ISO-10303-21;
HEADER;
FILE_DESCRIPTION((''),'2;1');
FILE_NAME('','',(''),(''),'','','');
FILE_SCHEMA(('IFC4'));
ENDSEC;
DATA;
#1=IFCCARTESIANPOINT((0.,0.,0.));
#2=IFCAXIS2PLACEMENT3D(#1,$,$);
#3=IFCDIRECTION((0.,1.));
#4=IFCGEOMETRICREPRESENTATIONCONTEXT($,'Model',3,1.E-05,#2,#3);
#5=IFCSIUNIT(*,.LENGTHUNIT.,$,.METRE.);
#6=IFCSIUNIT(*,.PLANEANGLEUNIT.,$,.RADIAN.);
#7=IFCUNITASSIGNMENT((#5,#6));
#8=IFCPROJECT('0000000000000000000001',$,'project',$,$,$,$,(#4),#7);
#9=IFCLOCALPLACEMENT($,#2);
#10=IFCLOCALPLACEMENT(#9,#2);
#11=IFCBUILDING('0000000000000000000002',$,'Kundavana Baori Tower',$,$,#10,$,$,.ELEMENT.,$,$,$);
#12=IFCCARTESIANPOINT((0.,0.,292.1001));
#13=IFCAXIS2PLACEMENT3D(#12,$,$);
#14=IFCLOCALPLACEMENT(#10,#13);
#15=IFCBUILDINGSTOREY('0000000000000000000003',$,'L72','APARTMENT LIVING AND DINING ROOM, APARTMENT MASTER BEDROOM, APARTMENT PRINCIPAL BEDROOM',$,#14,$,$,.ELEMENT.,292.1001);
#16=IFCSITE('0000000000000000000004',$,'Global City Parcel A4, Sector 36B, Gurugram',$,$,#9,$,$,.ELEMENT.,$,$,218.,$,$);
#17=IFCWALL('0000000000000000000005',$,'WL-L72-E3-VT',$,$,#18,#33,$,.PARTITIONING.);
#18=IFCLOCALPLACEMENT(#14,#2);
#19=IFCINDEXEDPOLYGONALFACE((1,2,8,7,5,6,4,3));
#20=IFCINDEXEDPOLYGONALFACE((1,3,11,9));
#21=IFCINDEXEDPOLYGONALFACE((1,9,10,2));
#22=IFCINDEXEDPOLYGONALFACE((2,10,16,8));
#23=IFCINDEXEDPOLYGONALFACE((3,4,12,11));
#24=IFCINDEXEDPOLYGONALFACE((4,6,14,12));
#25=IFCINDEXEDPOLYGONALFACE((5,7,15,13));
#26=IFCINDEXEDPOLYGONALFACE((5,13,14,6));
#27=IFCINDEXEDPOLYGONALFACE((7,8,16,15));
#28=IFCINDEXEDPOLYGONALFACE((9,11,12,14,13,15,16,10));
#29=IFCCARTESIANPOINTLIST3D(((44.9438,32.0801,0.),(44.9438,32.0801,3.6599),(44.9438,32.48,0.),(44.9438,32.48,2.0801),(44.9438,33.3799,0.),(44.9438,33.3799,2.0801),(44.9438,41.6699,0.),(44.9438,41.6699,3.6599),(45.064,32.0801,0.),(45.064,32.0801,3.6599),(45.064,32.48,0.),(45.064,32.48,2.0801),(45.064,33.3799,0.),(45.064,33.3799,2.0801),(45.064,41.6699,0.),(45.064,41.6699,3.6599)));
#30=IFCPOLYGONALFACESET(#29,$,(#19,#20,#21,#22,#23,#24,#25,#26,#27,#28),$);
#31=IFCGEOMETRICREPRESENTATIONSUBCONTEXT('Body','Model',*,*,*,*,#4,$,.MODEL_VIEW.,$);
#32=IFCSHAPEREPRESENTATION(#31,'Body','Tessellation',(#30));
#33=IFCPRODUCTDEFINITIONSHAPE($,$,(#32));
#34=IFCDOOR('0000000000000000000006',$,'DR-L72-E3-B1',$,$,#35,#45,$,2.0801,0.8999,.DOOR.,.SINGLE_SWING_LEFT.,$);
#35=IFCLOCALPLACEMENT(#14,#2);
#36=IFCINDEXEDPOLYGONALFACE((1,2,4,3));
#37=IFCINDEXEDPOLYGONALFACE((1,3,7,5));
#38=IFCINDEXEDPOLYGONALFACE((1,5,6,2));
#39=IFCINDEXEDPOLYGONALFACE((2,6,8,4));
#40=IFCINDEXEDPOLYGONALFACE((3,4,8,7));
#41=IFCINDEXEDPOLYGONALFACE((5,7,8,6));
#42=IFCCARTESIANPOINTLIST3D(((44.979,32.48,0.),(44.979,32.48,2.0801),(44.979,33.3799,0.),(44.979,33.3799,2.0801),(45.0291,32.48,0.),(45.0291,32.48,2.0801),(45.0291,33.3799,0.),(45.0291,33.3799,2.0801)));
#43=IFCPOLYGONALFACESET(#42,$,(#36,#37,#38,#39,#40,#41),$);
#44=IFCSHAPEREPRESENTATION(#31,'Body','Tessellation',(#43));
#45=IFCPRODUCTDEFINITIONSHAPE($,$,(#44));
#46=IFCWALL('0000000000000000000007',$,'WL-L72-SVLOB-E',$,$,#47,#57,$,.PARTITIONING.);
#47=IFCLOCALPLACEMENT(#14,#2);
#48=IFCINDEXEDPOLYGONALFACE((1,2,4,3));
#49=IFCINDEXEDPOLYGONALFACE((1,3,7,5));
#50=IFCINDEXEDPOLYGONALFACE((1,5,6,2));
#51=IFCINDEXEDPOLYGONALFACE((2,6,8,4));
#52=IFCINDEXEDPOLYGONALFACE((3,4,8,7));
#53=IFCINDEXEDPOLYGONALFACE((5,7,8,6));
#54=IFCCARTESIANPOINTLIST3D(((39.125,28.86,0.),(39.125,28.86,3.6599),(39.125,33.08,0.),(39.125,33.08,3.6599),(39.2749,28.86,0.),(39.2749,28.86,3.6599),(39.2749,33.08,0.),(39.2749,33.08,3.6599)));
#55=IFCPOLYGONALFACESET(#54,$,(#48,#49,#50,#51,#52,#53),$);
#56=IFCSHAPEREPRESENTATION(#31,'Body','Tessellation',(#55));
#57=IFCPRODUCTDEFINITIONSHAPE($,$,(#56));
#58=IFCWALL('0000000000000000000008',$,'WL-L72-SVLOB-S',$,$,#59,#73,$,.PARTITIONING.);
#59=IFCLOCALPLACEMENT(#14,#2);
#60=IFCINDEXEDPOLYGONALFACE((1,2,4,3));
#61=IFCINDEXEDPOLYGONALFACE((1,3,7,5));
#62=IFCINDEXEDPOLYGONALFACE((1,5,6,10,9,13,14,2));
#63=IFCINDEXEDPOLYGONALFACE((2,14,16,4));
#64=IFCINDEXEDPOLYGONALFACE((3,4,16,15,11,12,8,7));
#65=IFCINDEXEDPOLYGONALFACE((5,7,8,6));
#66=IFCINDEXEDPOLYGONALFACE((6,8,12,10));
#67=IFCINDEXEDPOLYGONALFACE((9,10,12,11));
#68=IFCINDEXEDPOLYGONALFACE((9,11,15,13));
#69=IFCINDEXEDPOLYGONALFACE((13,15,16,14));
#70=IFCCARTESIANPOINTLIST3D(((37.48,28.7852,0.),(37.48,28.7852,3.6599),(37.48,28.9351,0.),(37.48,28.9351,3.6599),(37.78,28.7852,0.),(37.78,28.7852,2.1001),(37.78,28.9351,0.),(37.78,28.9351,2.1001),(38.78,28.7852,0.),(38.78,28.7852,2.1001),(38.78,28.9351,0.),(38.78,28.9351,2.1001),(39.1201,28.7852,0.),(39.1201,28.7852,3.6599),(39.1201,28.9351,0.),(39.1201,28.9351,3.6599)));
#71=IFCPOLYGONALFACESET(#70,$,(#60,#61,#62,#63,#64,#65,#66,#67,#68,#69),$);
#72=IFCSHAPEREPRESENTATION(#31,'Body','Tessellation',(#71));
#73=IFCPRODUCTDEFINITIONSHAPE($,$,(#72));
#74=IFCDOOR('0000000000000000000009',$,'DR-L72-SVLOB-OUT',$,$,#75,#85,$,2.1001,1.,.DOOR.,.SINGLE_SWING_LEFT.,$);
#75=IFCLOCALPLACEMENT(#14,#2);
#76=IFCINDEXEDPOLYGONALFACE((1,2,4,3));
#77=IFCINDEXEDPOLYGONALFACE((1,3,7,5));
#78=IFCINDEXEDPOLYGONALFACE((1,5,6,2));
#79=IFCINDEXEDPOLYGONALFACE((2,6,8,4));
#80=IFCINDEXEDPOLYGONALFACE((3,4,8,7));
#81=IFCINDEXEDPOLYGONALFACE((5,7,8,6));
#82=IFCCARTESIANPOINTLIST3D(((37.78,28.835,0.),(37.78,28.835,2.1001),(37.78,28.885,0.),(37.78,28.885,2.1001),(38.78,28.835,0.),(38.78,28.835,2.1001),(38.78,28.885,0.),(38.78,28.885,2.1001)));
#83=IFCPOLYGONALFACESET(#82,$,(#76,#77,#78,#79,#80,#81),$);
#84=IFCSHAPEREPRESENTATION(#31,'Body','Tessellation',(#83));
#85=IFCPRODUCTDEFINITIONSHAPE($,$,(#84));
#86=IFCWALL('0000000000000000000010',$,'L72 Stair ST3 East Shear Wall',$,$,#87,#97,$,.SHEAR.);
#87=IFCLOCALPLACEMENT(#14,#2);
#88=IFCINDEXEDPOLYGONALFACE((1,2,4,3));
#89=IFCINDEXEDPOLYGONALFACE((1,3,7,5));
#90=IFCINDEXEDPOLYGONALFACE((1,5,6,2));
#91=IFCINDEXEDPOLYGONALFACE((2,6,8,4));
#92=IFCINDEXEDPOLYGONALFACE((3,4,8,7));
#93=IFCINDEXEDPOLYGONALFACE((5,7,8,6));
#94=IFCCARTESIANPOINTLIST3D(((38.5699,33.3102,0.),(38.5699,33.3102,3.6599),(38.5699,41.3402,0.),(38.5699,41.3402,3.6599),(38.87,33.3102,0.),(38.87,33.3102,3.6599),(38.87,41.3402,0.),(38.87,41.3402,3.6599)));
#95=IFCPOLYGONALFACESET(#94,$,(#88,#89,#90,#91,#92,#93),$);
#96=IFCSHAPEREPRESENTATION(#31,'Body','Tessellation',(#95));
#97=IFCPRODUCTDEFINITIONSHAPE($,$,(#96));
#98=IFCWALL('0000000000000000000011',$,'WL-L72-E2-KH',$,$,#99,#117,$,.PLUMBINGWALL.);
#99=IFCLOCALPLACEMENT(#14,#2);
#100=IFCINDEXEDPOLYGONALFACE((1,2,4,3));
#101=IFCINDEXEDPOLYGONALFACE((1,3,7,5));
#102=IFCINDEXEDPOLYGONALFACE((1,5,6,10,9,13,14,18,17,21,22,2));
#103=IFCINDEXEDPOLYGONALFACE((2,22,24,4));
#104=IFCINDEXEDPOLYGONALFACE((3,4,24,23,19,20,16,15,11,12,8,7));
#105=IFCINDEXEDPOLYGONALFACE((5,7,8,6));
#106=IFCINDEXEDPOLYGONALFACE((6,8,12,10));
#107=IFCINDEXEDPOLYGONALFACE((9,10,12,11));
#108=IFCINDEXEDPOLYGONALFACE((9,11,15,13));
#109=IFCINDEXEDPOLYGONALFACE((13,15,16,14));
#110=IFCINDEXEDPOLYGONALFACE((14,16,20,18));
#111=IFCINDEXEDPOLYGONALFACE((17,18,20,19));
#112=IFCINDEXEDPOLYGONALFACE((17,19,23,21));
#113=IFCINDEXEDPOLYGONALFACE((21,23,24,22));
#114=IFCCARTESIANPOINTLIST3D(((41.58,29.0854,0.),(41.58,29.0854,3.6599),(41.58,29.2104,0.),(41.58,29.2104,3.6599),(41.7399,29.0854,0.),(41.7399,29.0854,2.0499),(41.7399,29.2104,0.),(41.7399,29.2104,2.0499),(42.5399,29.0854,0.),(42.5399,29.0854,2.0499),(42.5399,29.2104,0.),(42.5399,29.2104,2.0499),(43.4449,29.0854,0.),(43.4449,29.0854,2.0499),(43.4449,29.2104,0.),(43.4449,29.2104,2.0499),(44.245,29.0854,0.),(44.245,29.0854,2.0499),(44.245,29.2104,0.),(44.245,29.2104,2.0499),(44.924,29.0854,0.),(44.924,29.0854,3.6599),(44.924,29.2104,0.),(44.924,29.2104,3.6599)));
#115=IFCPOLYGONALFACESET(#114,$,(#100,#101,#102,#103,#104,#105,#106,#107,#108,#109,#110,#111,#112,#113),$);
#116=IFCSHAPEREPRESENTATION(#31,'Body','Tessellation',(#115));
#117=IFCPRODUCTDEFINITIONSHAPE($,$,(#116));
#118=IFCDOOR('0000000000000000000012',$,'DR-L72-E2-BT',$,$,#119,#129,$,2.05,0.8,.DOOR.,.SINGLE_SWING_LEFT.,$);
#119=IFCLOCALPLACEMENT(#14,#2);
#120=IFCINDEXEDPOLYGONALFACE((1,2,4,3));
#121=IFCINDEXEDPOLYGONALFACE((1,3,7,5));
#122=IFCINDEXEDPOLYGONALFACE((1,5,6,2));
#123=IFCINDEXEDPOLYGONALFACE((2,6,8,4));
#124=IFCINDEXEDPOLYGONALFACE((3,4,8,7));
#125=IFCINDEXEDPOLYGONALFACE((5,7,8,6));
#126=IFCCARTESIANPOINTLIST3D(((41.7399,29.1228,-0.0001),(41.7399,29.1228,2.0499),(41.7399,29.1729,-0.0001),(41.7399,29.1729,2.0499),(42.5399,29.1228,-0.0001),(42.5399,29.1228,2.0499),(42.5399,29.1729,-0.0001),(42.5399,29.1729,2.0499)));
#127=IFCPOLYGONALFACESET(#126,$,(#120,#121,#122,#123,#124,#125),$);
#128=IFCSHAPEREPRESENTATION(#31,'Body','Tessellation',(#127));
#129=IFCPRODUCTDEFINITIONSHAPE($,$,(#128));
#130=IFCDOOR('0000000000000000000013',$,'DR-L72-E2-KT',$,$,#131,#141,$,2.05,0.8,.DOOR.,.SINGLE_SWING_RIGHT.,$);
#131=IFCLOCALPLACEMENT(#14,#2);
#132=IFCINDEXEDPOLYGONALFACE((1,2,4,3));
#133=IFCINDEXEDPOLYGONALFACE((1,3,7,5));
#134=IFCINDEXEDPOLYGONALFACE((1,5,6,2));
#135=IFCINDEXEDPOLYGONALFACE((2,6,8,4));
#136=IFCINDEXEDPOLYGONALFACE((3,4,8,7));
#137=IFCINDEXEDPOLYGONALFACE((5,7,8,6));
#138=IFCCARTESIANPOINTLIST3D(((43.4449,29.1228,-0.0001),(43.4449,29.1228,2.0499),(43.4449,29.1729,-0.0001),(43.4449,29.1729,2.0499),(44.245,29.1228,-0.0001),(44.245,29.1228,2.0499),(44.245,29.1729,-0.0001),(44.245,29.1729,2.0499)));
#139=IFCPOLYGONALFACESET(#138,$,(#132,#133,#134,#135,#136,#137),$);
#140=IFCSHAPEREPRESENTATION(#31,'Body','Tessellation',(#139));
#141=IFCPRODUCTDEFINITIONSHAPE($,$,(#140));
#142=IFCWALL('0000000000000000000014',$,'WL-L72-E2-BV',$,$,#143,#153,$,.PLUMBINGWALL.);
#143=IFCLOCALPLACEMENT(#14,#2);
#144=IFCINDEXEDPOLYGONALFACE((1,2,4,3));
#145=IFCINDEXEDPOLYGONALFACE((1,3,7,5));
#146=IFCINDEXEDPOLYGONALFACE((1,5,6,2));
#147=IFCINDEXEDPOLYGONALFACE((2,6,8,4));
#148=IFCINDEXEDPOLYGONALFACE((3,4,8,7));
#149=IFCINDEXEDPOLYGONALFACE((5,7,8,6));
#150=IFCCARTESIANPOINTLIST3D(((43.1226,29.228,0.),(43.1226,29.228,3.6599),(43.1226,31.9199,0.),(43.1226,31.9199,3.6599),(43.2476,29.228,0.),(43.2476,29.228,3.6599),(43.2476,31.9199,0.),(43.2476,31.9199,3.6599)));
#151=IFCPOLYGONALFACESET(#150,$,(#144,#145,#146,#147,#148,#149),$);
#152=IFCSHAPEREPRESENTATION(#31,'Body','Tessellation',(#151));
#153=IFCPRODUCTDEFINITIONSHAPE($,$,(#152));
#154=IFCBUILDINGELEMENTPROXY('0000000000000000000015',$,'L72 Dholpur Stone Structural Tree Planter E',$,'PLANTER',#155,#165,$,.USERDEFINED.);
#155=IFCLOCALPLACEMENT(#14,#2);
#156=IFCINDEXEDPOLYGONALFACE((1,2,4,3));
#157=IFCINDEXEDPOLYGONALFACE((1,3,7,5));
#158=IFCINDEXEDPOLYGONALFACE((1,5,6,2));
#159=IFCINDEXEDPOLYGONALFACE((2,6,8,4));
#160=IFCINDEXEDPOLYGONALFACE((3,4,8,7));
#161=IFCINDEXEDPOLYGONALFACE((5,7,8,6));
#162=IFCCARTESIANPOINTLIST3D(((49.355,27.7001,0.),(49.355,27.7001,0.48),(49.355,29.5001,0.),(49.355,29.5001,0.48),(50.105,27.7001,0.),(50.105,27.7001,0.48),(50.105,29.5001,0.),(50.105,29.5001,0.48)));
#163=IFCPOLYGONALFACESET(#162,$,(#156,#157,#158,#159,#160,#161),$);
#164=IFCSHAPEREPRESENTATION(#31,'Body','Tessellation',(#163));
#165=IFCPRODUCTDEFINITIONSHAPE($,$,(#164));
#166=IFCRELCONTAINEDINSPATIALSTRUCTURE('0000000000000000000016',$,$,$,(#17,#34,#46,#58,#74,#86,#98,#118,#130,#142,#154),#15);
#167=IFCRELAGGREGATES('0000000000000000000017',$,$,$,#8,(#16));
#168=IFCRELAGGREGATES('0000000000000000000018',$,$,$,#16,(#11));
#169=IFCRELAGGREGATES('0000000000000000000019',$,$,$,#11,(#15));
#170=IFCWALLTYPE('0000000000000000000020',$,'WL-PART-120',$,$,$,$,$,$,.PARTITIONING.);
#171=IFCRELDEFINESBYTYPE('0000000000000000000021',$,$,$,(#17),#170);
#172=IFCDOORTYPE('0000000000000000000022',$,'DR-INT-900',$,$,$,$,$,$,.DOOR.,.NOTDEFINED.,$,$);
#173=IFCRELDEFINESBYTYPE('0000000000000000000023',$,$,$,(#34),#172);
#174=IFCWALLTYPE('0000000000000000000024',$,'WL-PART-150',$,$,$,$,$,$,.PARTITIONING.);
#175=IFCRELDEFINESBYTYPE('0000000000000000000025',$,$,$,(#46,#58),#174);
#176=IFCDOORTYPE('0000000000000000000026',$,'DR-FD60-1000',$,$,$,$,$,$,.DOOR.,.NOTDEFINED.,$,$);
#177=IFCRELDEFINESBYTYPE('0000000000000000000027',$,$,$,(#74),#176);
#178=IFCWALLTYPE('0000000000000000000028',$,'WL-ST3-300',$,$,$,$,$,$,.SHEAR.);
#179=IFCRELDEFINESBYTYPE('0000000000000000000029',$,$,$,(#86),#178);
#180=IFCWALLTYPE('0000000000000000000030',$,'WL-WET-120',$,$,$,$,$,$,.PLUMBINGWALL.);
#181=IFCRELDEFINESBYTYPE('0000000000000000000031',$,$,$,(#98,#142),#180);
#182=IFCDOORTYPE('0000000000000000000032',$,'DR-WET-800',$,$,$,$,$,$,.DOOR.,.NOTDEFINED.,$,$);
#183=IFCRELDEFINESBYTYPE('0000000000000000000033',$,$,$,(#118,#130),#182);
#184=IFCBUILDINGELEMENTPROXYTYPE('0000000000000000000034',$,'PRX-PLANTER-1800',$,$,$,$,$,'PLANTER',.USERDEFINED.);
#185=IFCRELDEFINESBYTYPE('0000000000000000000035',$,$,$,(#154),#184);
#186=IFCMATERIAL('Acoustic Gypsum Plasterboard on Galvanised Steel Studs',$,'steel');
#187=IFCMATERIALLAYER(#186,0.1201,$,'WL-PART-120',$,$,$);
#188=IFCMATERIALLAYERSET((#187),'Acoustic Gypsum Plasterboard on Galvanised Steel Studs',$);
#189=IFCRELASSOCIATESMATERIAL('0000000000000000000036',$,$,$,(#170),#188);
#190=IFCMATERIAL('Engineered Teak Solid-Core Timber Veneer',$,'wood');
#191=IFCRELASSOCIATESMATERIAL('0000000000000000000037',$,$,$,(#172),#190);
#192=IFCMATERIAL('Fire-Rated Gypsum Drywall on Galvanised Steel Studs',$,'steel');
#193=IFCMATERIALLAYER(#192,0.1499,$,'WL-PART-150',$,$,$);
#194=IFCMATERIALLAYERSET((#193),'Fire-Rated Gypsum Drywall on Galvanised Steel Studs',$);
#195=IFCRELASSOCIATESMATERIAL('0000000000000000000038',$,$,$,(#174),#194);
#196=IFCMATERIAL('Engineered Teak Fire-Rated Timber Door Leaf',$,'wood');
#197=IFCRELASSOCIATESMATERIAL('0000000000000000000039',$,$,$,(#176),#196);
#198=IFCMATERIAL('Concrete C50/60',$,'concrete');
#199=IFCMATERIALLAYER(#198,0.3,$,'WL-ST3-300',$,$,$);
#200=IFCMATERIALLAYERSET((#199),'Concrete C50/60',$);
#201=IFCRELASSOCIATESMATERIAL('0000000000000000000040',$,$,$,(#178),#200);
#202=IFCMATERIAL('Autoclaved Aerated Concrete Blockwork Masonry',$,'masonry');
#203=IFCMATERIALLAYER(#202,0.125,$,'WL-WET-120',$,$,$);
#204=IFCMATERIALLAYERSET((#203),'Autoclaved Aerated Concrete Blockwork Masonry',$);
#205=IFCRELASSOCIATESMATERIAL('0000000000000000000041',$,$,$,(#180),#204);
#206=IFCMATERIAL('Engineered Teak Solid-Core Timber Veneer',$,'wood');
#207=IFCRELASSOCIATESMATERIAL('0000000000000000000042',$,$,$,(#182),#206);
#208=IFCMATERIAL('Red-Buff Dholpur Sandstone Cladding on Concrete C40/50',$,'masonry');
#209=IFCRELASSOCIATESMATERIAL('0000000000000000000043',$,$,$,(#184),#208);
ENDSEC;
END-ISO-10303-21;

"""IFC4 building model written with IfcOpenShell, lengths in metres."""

from ifc_helpers import new_model, si_unit, direction, frame, frame_2d, origin, origin_2d, place, context, subcontext, project, spatial, rectangle, extrude, material, layer, layer_set, type_object, element, fill, save


model = new_model("IFC4")

# Units and contexts
model_context = context("Model", 3, precision=1e-05, world=origin(), true_north=direction((0.0, 1.0)))
body_context = subcontext(model_context, "Body", "Model", "MODEL_VIEW")
ifc_project = project(units=[si_unit("LENGTHUNIT", "METRE"), si_unit("PLANEANGLEUNIT", "RADIAN")], contexts=[model_context])

# Site, building, storey
site_placement = place(None, origin())
site = spatial("IfcSite", under=ifc_project, at=site_placement, Name="Global City Parcel A4, Sector 36B, Gurugram", CompositionType="ELEMENT", RefElevation=218.0)
building_placement = place(site_placement, origin())
building = spatial("IfcBuilding", under=site, at=building_placement, Name="Kundavana Baori Tower", CompositionType="ELEMENT")
storey_placement = place(building_placement, frame((0.0, 0.0, 292.1001)))
storey = spatial("IfcBuildingStorey", under=building, at=storey_placement, Name="L72", Description="APARTMENT LIVING AND DINING ROOM, APARTMENT MASTER BEDROOM, APARTMENT PRINCIPAL BEDROOM", CompositionType="ELEMENT", Elevation=292.1001)

# Shared definitions
ifc_material_1 = material(Name="Acoustic Gypsum Plasterboard on Galvanised Steel Studs", Category="steel")
ifc_layer_1 = layer(ifc_material_1, 0.1201, Name="WL-PART-120")
ifc_layer_set_1 = layer_set([ifc_layer_1], Name="Acoustic Gypsum Plasterboard on Galvanised Steel Studs")
wall_type_1 = type_object("IfcWallType", Name="WL-PART-120", PredefinedType="PARTITIONING", material=ifc_layer_set_1)

# Wall, opening, door
wall_1_placement = place(storey_placement, frame((45.0039, 32.0801, 0.0), z_axis=(0.0, 0.0, 1.0), x_axis=(0.0, 1.0, 0.0)))
wall_1 = element("IfcWall", 1, at=wall_1_placement, inside=storey, type_object=wall_type_1, Name="WL-L72-E3-VT", PredefinedType="PARTITIONING", context=body_context, shape_type="SweptSolid", body=[
    extrude(rectangle(XDim=9.5898, YDim=0.1201, at=frame_2d((4.7949, 0.0))), origin(), (0.0, 0.0, 1.0), 3.6599),
])
opening_1_placement = place(wall_1_placement, frame((0.3999, 0.0, 0.0)))
opening_1 = element("IfcOpeningElement", 2, at=opening_1_placement, cuts=wall_1, PredefinedType="OPENING", context=body_context, shape_type="SweptSolid", body=[
    extrude(rectangle(XDim=0.8999, YDim=2.0801, at=frame_2d((0.45, 1.04))), frame((0.0, 0.0701, 0.0), z_axis=(0.0, -1.0, 0.0), x_axis=(1.0, 0.0, 0.0)), (0.0, 0.0, 1.0), 0.1401),
])
ifc_material_2 = material(Name="Engineered Teak Solid-Core Timber Veneer", Category="wood")
door_type_1 = type_object("IfcDoorType", Name="DR-INT-900", OperationType="NOTDEFINED", PredefinedType="DOOR", material=ifc_material_2)
door_1_placement = place(opening_1_placement, origin())
door_1 = element("IfcDoor", 3, at=door_1_placement, inside=storey, type_object=door_type_1, Name="DR-L72-E3-B1", OperationType="SINGLE_SWING_LEFT", OverallHeight=2.0801, OverallWidth=0.8999, PredefinedType="DOOR", context=body_context, shape_type="SweptSolid", body=[
    extrude(rectangle(XDim=0.8999, YDim=2.0801, at=frame_2d((0.45, 1.04))), frame((0.0, 0.0249, 0.0), z_axis=(0.0, -1.0, 0.0), x_axis=(1.0, 0.0, 0.0)), (0.0, 0.0, 1.0), 0.05),
])
fill(opening_1, door_1)

# Wall
ifc_material_3 = material(Name="Fire-Rated Gypsum Drywall on Galvanised Steel Studs", Category="steel")
ifc_layer_2 = layer(ifc_material_3, 0.1499, Name="WL-PART-150")
ifc_layer_set_2 = layer_set([ifc_layer_2], Name="Fire-Rated Gypsum Drywall on Galvanised Steel Studs")
wall_type_2 = type_object("IfcWallType", Name="WL-PART-150", PredefinedType="PARTITIONING", material=ifc_layer_set_2)
wall_2_placement = place(storey_placement, frame((39.2, 28.8601, 0.0), z_axis=(0.0, 0.0, 1.0), x_axis=(0.0, 1.0, 0.0)))
element("IfcWall", 4, at=wall_2_placement, inside=storey, type_object=wall_type_2, Name="WL-L72-SVLOB-E", PredefinedType="PARTITIONING", context=body_context, shape_type="SweptSolid", body=[
    extrude(rectangle(XDim=4.22, YDim=0.1499, at=frame_2d((2.1099, 0.0))), origin(), (0.0, 0.0, 1.0), 3.6599),
])

# Wall, opening, door
wall_3_placement = place(storey_placement, frame((37.48, 28.8601, 0.0), z_axis=(0.0, 0.0, 1.0), x_axis=(1.0, 0.0, 0.0)))
wall_3 = element("IfcWall", 5, at=wall_3_placement, inside=storey, type_object=wall_type_2, Name="WL-L72-SVLOB-S", PredefinedType="PARTITIONING", context=body_context, shape_type="SweptSolid", body=[
    extrude(rectangle(XDim=1.6401, YDim=0.1499, at=frame_2d((0.8201, 0.0))), origin(), (0.0, 0.0, 1.0), 3.6599),
])
opening_2_placement = place(wall_3_placement, frame((0.3, 0.0, 0.0)))
opening_2 = element("IfcOpeningElement", 6, at=opening_2_placement, cuts=wall_3, PredefinedType="OPENING", context=body_context, shape_type="SweptSolid", body=[
    extrude(rectangle(XDim=1.0, YDim=2.1001, at=frame_2d((0.5, 1.05))), frame((0.0, 0.085, 0.0), z_axis=(0.0, -1.0, 0.0), x_axis=(1.0, 0.0, 0.0)), (0.0, 0.0, 1.0), 0.1699),
])
ifc_material_4 = material(Name="Engineered Teak Fire-Rated Timber Door Leaf", Category="wood")
door_type_2 = type_object("IfcDoorType", Name="DR-FD60-1000", OperationType="NOTDEFINED", PredefinedType="DOOR", material=ifc_material_4)
door_2_placement = place(opening_2_placement, origin())
door_2 = element("IfcDoor", 7, at=door_2_placement, inside=storey, type_object=door_type_2, Name="DR-L72-SVLOB-OUT", OperationType="SINGLE_SWING_LEFT", OverallHeight=2.1001, OverallWidth=1.0, PredefinedType="DOOR", context=body_context, shape_type="SweptSolid", body=[
    extrude(rectangle(XDim=1.0, YDim=2.1001, at=frame_2d((0.5, 1.05))), frame((0.0, 0.0249, 0.0), z_axis=(0.0, -1.0, 0.0), x_axis=(1.0, 0.0, 0.0)), (0.0, 0.0, 1.0), 0.05),
])
fill(opening_2, door_2)

# Wall
ifc_material_5 = material(Name="Concrete C50/60", Category="concrete")
ifc_layer_3 = layer(ifc_material_5, 0.3, Name="WL-ST3-300")
ifc_layer_set_3 = layer_set([ifc_layer_3], Name="Concrete C50/60")
wall_type_3 = type_object("IfcWallType", Name="WL-ST3-300", PredefinedType="SHEAR", material=ifc_layer_set_3)
wall_4_placement = place(storey_placement, frame((38.72, 33.3101, 0.0), z_axis=(0.0, 0.0, 1.0), x_axis=(0.0, 1.0, 0.0)))
element("IfcWall", 8, at=wall_4_placement, inside=storey, type_object=wall_type_3, Name="L72 Stair ST3 East Shear Wall", PredefinedType="SHEAR", context=body_context, shape_type="SweptSolid", body=[
    extrude(rectangle(XDim=8.03, YDim=0.3, at=frame_2d((4.0151, 0.0))), origin(), (0.0, 0.0, 1.0), 3.6599),
])

# Wall, openings, doors
ifc_material_6 = material(Name="Autoclaved Aerated Concrete Blockwork Masonry", Category="masonry")
ifc_layer_4 = layer(ifc_material_6, 0.125, Name="WL-WET-120")
ifc_layer_set_4 = layer_set([ifc_layer_4], Name="Autoclaved Aerated Concrete Blockwork Masonry")
wall_type_4 = type_object("IfcWallType", Name="WL-WET-120", PredefinedType="PLUMBINGWALL", material=ifc_layer_set_4)
wall_5_placement = place(storey_placement, frame((41.5801, 29.1479, 0.0), z_axis=(0.0, 0.0, 1.0), x_axis=(1.0, 0.0, 0.0)))
wall_5 = element("IfcWall", 9, at=wall_5_placement, inside=storey, type_object=wall_type_4, Name="WL-L72-E2-KH", PredefinedType="PLUMBINGWALL", context=body_context, shape_type="SweptSolid", body=[
    extrude(rectangle(XDim=3.344, YDim=0.125, at=frame_2d((1.6719, 0.0))), origin(), (0.0, 0.0, 1.0), 3.6599),
])
opening_3_placement = place(wall_5_placement, frame((0.1599, 0.0, 0.0)))
opening_3 = element("IfcOpeningElement", 10, at=opening_3_placement, cuts=wall_5, PredefinedType="OPENING", context=body_context, shape_type="SweptSolid", body=[
    extrude(rectangle(XDim=0.8, YDim=2.05, at=frame_2d((0.3999, 1.0249))), frame((0.0, 0.0725, 0.0), z_axis=(0.0, -1.0, 0.0), x_axis=(1.0, 0.0, 0.0)), (0.0, 0.0, 1.0), 0.145),
])
opening_4_placement = place(wall_5_placement, frame((1.865, 0.0, 0.0)))
opening_4 = element("IfcOpeningElement", 11, at=opening_4_placement, cuts=wall_5, PredefinedType="OPENING", context=body_context, shape_type="SweptSolid", body=[
    extrude(rectangle(XDim=0.8, YDim=2.05, at=frame_2d((0.3999, 1.0249))), frame((0.0, 0.0725, 0.0), z_axis=(0.0, -1.0, 0.0), x_axis=(1.0, 0.0, 0.0)), (0.0, 0.0, 1.0), 0.145),
])
ifc_material_7 = material(Name="Engineered Teak Solid-Core Timber Veneer", Category="wood")
door_type_3 = type_object("IfcDoorType", Name="DR-WET-800", OperationType="NOTDEFINED", PredefinedType="DOOR", material=ifc_material_7)
door_3_placement = place(opening_3_placement, origin())
door_3 = element("IfcDoor", 12, at=door_3_placement, inside=storey, type_object=door_type_3, Name="DR-L72-E2-BT", OperationType="SINGLE_SWING_LEFT", OverallHeight=2.05, OverallWidth=0.8, PredefinedType="DOOR", context=body_context, shape_type="SweptSolid", body=[
    extrude(rectangle(XDim=0.8, YDim=2.05, at=frame_2d((0.3999, 1.0249))), frame((0.0, 0.0249, 0.0), z_axis=(0.0, -1.0, 0.0), x_axis=(1.0, 0.0, 0.0)), (0.0, 0.0, 1.0), 0.05),
])
fill(opening_3, door_3)
door_4_placement = place(opening_4_placement, origin())
door_4 = element("IfcDoor", 13, at=door_4_placement, inside=storey, type_object=door_type_3, Name="DR-L72-E2-KT", OperationType="SINGLE_SWING_RIGHT", OverallHeight=2.05, OverallWidth=0.8, PredefinedType="DOOR", context=body_context, shape_type="SweptSolid", body=[
    extrude(rectangle(XDim=0.8, YDim=2.05, at=frame_2d((0.3999, 1.0249))), frame((0.0, 0.0249, 0.0), z_axis=(0.0, -1.0, 0.0), x_axis=(1.0, 0.0, 0.0)), (0.0, 0.0, 1.0), 0.05),
])
fill(opening_4, door_4)

# Wall
wall_6_placement = place(storey_placement, frame((43.1851, 29.228, 0.0), z_axis=(0.0, 0.0, 1.0), x_axis=(0.0, 1.0, 0.0)))
element("IfcWall", 14, at=wall_6_placement, inside=storey, type_object=wall_type_4, Name="WL-L72-E2-BV", PredefinedType="PLUMBINGWALL", context=body_context, shape_type="SweptSolid", body=[
    extrude(rectangle(XDim=2.6919, YDim=0.125, at=frame_2d((1.3459, 0.0))), origin(), (0.0, 0.0, 1.0), 3.6599),
])

# Building element proxy
ifc_material_8 = material(Name="Red-Buff Dholpur Sandstone Cladding on Concrete C40/50", Category="masonry")
building_element_proxy_type = type_object("IfcBuildingElementProxyType", Name="PRX-PLANTER-1800", ElementType="PLANTER", PredefinedType="USERDEFINED", material=ifc_material_8)
proxy_placement = place(storey_placement, frame((49.73, 28.6001, 0.0), z_axis=(0.0, 0.0, 1.0), x_axis=(0.0, 1.0, 0.0)))
element("IfcBuildingElementProxy", 15, at=proxy_placement, inside=storey, type_object=building_element_proxy_type, Name="L72 Dholpur Stone Structural Tree Planter E", ObjectType="PLANTER", PredefinedType="USERDEFINED", context=body_context, shape_type="SweptSolid", body=[
    extrude(rectangle(XDim=1.8, YDim=0.75, at=origin_2d()), origin(), (0.0, 0.0, 1.0), 0.48),
])

save(model, "model.ifc")
